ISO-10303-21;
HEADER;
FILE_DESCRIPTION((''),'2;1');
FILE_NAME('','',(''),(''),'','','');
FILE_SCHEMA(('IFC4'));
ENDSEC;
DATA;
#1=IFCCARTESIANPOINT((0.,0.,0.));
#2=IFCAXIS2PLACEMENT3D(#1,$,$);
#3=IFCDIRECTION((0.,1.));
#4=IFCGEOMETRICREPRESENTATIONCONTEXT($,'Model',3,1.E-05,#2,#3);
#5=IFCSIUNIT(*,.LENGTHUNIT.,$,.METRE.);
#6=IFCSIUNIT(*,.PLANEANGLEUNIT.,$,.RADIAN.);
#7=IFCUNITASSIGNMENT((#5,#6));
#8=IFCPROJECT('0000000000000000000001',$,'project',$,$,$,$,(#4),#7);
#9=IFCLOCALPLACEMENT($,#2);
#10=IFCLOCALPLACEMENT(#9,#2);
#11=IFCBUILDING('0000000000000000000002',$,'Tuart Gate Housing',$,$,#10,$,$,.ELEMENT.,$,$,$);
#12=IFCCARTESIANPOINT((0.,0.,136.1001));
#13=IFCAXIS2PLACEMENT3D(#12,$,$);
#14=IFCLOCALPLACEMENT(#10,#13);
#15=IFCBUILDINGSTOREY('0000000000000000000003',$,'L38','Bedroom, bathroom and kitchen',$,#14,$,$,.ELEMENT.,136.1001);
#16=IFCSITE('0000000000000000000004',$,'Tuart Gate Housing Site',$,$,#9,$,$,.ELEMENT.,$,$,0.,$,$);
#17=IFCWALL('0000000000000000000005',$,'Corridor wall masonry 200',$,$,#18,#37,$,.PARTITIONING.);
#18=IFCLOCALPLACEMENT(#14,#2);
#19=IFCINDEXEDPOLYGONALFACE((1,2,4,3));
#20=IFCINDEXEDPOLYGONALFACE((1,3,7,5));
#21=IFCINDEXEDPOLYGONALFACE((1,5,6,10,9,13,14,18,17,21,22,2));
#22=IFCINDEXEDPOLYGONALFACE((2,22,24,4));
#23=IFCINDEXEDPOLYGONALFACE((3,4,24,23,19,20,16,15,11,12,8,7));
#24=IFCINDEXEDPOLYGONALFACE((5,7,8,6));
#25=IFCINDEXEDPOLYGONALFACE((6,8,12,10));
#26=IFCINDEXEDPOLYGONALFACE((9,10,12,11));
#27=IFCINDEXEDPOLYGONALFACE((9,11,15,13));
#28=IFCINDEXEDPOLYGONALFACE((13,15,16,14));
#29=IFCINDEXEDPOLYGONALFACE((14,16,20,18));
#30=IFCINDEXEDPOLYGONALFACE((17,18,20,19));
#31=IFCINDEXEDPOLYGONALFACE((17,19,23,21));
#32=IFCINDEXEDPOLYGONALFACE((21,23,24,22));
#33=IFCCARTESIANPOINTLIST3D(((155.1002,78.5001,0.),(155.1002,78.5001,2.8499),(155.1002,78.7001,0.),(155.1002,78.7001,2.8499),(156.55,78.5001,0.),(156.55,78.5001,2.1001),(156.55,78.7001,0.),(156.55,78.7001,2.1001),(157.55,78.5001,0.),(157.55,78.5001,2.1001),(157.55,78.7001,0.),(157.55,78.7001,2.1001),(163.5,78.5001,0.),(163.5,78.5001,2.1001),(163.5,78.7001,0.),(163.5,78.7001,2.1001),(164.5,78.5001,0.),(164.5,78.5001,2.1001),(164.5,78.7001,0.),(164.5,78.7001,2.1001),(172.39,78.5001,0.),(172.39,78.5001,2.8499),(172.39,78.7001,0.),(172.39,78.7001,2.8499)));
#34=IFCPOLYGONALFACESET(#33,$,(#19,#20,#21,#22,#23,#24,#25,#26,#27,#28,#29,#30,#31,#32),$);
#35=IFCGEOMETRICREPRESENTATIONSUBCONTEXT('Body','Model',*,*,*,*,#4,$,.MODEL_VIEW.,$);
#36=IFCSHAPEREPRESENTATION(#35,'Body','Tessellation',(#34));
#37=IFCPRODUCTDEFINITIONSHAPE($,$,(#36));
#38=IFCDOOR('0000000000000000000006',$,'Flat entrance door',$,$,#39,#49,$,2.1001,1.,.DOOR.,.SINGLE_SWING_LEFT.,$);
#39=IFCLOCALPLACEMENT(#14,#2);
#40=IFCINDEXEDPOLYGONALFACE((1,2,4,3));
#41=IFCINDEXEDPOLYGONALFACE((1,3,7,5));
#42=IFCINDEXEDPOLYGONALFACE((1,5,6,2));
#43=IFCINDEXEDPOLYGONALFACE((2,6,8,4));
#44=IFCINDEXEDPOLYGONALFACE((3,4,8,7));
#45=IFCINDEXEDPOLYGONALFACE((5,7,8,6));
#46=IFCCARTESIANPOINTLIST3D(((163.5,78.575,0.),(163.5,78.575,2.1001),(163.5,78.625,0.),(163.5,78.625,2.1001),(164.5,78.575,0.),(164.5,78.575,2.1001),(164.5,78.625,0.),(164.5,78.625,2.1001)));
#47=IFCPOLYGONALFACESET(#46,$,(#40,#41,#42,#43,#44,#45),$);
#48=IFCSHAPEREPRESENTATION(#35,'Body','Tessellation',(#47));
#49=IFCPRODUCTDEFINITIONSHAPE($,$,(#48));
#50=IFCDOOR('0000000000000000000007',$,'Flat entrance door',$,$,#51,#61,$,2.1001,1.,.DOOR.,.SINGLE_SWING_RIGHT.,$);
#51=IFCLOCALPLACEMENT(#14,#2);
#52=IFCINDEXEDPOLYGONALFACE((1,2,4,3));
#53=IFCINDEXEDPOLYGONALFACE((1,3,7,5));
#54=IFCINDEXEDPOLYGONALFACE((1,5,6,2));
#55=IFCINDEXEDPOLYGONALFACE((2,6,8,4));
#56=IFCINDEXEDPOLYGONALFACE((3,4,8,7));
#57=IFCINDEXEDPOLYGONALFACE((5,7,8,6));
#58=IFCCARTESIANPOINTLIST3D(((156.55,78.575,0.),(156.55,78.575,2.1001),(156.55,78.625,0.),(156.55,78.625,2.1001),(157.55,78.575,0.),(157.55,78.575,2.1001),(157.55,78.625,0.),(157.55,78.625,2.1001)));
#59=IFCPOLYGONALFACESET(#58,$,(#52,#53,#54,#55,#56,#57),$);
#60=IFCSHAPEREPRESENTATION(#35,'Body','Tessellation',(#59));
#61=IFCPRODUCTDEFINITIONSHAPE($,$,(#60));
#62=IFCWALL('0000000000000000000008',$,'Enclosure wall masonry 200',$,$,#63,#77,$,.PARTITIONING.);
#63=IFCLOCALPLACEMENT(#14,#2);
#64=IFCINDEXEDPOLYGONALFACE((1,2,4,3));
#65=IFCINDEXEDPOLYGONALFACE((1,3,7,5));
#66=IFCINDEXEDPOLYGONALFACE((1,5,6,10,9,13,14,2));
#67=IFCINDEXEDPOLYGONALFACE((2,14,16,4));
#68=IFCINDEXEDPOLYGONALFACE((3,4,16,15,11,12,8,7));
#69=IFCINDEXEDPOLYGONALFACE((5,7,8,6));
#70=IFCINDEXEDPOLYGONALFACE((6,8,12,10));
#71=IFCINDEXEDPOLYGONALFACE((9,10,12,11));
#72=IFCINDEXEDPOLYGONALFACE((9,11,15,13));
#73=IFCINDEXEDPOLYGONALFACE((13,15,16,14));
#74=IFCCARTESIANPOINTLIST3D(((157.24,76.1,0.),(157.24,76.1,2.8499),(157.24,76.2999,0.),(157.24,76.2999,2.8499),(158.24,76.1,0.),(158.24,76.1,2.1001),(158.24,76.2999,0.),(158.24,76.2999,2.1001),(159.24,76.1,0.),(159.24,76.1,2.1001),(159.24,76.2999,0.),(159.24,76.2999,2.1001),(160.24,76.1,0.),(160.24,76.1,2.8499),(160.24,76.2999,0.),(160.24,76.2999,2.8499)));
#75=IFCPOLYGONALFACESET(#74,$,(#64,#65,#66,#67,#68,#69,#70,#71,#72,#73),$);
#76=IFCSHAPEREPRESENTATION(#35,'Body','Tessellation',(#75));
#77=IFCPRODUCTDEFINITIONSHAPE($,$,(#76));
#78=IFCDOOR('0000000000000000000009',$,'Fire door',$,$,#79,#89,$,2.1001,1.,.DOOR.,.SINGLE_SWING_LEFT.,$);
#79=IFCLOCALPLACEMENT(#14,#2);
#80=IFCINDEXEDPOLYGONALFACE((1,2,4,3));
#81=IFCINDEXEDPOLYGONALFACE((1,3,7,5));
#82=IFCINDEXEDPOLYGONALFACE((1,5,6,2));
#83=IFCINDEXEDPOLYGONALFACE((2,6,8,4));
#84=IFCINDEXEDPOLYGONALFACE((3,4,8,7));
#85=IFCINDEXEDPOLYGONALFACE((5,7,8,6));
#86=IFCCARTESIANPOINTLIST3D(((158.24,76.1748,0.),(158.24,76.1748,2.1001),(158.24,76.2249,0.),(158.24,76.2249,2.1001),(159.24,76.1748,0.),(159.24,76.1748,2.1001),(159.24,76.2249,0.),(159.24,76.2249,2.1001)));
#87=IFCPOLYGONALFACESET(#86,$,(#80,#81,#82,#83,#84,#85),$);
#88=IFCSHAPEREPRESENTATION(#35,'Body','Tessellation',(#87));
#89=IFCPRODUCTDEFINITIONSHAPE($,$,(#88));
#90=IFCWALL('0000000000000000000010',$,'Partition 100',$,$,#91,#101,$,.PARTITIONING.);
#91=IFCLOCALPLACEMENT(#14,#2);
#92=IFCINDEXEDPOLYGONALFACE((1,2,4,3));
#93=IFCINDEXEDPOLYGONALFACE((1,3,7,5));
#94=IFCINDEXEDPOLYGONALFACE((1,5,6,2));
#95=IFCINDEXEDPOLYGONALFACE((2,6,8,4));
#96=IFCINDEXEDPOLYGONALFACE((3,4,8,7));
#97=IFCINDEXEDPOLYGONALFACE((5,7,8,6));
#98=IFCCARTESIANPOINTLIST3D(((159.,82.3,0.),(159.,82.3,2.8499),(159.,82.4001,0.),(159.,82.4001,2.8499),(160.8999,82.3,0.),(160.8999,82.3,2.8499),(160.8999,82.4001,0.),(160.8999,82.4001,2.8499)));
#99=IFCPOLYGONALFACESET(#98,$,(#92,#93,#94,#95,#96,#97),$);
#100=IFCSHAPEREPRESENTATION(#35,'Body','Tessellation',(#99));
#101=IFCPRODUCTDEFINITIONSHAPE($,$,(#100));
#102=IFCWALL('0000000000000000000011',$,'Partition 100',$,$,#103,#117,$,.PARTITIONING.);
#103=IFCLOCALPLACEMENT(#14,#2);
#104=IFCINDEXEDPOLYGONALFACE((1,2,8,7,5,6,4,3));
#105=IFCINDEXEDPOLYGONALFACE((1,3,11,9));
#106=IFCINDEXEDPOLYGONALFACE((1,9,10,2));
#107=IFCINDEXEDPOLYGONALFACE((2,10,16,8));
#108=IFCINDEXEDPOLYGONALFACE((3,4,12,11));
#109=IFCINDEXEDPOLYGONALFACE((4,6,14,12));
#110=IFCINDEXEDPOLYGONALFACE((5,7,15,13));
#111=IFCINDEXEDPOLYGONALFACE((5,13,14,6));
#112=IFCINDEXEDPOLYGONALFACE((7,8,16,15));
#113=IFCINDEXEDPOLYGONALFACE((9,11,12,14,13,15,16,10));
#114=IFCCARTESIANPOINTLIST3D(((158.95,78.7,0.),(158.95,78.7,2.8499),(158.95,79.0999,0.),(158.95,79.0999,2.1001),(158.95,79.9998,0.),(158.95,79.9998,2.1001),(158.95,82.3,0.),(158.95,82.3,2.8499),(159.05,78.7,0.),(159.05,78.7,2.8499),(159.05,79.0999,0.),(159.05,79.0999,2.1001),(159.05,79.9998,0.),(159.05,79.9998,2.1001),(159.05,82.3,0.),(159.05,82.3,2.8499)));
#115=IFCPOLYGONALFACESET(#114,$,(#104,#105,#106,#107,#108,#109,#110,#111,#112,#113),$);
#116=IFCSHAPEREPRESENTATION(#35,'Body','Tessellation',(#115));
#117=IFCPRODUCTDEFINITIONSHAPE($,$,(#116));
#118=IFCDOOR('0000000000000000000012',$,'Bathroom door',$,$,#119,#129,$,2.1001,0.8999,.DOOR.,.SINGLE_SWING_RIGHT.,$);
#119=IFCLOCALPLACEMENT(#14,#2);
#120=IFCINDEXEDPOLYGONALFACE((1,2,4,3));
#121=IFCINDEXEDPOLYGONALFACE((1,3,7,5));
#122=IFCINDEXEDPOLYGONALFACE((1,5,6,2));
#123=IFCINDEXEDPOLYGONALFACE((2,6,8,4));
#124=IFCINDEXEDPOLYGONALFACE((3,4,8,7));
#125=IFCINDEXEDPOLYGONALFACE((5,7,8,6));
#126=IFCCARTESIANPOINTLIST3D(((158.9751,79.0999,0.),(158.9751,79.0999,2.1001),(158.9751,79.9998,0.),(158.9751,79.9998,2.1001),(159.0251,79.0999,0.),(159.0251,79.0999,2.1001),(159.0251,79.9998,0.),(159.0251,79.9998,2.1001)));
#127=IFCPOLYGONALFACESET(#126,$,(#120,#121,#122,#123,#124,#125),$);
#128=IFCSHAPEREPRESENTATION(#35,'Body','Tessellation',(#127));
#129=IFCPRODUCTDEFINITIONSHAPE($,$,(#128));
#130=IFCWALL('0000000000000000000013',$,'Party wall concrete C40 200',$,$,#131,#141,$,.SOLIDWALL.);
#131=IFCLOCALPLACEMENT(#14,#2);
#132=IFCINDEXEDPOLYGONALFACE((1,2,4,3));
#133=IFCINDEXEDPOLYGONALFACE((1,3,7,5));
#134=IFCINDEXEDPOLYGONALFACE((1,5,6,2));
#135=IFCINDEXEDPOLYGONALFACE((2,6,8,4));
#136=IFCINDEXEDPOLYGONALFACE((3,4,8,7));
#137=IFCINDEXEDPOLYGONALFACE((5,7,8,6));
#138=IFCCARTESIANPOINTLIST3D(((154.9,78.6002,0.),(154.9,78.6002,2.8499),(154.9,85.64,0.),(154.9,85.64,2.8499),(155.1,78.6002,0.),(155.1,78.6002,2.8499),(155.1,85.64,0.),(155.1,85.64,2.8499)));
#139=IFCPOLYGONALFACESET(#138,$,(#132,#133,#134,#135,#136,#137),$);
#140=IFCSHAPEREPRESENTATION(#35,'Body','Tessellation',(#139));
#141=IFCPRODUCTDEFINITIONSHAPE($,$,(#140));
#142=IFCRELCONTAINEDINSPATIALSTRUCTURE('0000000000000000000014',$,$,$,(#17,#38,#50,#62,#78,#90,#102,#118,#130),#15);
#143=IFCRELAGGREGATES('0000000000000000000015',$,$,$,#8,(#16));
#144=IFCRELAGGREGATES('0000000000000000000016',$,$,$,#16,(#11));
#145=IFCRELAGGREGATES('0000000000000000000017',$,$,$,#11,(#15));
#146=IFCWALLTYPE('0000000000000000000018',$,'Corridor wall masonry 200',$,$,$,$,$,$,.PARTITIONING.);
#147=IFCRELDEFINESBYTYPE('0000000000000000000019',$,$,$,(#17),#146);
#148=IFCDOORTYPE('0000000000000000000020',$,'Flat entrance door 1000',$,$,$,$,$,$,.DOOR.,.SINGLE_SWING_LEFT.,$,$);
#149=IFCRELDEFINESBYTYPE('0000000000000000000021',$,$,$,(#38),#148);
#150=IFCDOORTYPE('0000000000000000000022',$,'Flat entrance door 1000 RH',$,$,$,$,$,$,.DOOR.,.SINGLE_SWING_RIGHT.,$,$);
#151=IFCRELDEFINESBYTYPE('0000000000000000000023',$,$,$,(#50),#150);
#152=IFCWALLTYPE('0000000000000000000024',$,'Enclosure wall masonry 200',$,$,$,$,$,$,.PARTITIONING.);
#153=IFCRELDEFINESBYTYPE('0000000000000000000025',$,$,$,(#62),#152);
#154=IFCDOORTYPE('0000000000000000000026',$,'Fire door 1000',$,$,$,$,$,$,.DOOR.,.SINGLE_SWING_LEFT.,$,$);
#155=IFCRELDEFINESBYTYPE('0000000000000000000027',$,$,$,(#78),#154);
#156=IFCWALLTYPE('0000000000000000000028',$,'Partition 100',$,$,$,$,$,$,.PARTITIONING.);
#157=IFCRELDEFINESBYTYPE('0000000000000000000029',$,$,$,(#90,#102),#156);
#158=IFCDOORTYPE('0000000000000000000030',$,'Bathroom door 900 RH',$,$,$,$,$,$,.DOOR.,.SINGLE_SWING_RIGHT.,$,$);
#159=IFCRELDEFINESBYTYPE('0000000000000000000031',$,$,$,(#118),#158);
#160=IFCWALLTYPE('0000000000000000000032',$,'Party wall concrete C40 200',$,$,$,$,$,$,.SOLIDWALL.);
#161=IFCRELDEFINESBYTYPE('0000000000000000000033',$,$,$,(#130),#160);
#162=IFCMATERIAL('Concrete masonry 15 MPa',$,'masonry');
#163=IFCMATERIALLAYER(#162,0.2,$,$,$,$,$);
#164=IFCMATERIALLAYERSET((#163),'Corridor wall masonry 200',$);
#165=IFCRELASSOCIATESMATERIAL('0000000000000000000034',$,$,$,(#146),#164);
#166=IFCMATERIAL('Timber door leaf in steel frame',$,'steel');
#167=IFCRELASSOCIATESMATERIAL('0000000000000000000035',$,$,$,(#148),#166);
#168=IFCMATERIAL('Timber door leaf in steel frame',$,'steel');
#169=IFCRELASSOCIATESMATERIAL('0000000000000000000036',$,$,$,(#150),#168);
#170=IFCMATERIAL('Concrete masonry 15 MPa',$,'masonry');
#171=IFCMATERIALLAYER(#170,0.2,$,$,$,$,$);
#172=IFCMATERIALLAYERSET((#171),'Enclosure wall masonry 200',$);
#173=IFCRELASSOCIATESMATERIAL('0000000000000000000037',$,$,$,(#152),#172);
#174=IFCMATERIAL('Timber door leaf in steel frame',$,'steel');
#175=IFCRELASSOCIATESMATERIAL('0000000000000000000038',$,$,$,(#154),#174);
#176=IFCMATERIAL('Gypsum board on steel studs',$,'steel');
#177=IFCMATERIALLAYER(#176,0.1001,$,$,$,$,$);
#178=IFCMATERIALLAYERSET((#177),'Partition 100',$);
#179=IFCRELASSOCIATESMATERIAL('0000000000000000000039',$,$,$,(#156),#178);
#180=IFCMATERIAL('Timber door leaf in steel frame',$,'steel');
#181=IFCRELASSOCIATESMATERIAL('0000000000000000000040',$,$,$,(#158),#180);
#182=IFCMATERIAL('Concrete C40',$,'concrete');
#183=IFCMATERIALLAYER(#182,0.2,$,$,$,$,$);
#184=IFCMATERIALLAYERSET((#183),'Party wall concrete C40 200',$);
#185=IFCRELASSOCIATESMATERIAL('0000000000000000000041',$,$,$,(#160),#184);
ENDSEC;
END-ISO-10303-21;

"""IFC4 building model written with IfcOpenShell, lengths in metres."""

from ifc_helpers import new_model, si_unit, direction, frame, frame_2d, origin, place, context, subcontext, project, spatial, rectangle, extrude, material, layer, layer_set, type_object, element, fill, save


model = new_model("IFC4")

# Units and contexts
model_context = context("Model", 3, precision=1e-05, world=origin(), true_north=direction((0.0, 1.0)))
body_context = subcontext(model_context, "Body", "Model", "MODEL_VIEW")
ifc_project = project(units=[si_unit("LENGTHUNIT", "METRE"), si_unit("PLANEANGLEUNIT", "RADIAN")], contexts=[model_context])

# Site, building, storey
site_placement = place(None, origin())
site = spatial("IfcSite", under=ifc_project, at=site_placement, Name="Tuart Gate Housing Site", CompositionType="ELEMENT", RefElevation=0.0)
building_placement = place(site_placement, origin())
building = spatial("IfcBuilding", under=site, at=building_placement, Name="Tuart Gate Housing", CompositionType="ELEMENT")
storey_placement = place(building_placement, frame((0.0, 0.0, 136.1001)))
storey = spatial("IfcBuildingStorey", under=building, at=storey_placement, Name="L38", Description="Bedroom, bathroom and kitchen", CompositionType="ELEMENT", Elevation=136.1001)

# Shared definitions
ifc_material_1 = material(Name="Concrete masonry 15 MPa", Category="masonry")
ifc_layer_1 = layer(ifc_material_1, 0.2)
ifc_layer_set_1 = layer_set([ifc_layer_1], Name="Corridor wall masonry 200")
wall_type_1 = type_object("IfcWallType", Name="Corridor wall masonry 200", PredefinedType="PARTITIONING", material=ifc_layer_set_1)

# Wall, openings, doors
wall_1_placement = place(storey_placement, frame((155.1001, 78.6001, 0.0), z_axis=(0.0, 0.0, 1.0), x_axis=(1.0, 0.0, 0.0)))
wall_1 = element("IfcWall", 1, at=wall_1_placement, inside=storey, type_object=wall_type_1, Name="Corridor wall masonry 200", PredefinedType="PARTITIONING", context=body_context, shape_type="SweptSolid", body=[
    extrude(rectangle(XDim=17.2898, YDim=0.2, at=frame_2d((8.645, 0.0))), origin(), (0.0, 0.0, 1.0), 2.8499),
])
opening_1_placement = place(wall_1_placement, frame((1.45, 0.0, 0.0)))
opening_1 = element("IfcOpeningElement", 2, at=opening_1_placement, cuts=wall_1, PredefinedType="OPENING", context=body_context, shape_type="SweptSolid", body=[
    extrude(rectangle(XDim=1.0, YDim=2.1001, at=frame_2d((0.5, 1.05))), frame((0.0, 0.1099, 0.0), z_axis=(0.0, -1.0, 0.0), x_axis=(1.0, 0.0, 0.0)), (0.0, 0.0, 1.0), 0.22),
])
opening_2_placement = place(wall_1_placement, frame((8.3999, 0.0, 0.0)))
opening_2 = element("IfcOpeningElement", 3, at=opening_2_placement, cuts=wall_1, PredefinedType="OPENING", context=body_context, shape_type="SweptSolid", body=[
    extrude(rectangle(XDim=1.0, YDim=2.1001, at=frame_2d((0.5, 1.05))), frame((0.0, 0.1099, 0.0), z_axis=(0.0, -1.0, 0.0), x_axis=(1.0, 0.0, 0.0)), (0.0, 0.0, 1.0), 0.22),
])
ifc_material_2 = material(Name="Timber door leaf in steel frame", Category="steel")
door_type_1 = type_object("IfcDoorType", Name="Flat entrance door 1000", OperationType="SINGLE_SWING_LEFT", PredefinedType="DOOR", material=ifc_material_2)
door_1_placement = place(opening_2_placement, origin())
door_1 = element("IfcDoor", 4, at=door_1_placement, inside=storey, type_object=door_type_1, Name="Flat entrance door", OperationType="SINGLE_SWING_LEFT", OverallHeight=2.1001, OverallWidth=1.0, PredefinedType="DOOR", context=body_context, shape_type="SweptSolid", body=[
    extrude(rectangle(XDim=1.0, YDim=2.1001, at=frame_2d((0.5, 1.05))), frame((0.0, 0.0249, 0.0), z_axis=(0.0, -1.0, 0.0), x_axis=(1.0, 0.0, 0.0)), (0.0, 0.0, 1.0), 0.05),
])
fill(opening_2, door_1)
ifc_material_3 = material(Name="Timber door leaf in steel frame", Category="steel")
door_type_2 = type_object("IfcDoorType", Name="Flat entrance door 1000 RH", OperationType="SINGLE_SWING_RIGHT", PredefinedType="DOOR", material=ifc_material_3)
door_2_placement = place(opening_1_placement, origin())
door_2 = element("IfcDoor", 5, at=door_2_placement, inside=storey, type_object=door_type_2, Name="Flat entrance door", OperationType="SINGLE_SWING_RIGHT", OverallHeight=2.1001, OverallWidth=1.0, PredefinedType="DOOR", context=body_context, shape_type="SweptSolid", body=[
    extrude(rectangle(XDim=1.0, YDim=2.1001, at=frame_2d((0.5, 1.05))), frame((0.0, 0.0249, 0.0), z_axis=(0.0, -1.0, 0.0), x_axis=(1.0, 0.0, 0.0)), (0.0, 0.0, 1.0), 0.05),
])
fill(opening_1, door_2)

# Wall, opening, door
ifc_material_4 = material(Name="Concrete masonry 15 MPa", Category="masonry")
ifc_layer_2 = layer(ifc_material_4, 0.2)
ifc_layer_set_2 = layer_set([ifc_layer_2], Name="Enclosure wall masonry 200")
wall_type_2 = type_object("IfcWallType", Name="Enclosure wall masonry 200", PredefinedType="PARTITIONING", material=ifc_layer_set_2)
wall_2_placement = place(storey_placement, frame((157.24, 76.2, 0.0), z_axis=(0.0, 0.0, 1.0), x_axis=(1.0, 0.0, 0.0)))
wall_2 = element("IfcWall", 6, at=wall_2_placement, inside=storey, type_object=wall_type_2, Name="Enclosure wall masonry 200", PredefinedType="PARTITIONING", context=body_context, shape_type="SweptSolid", body=[
    extrude(rectangle(XDim=3.0, YDim=0.2, at=frame_2d((1.5, 0.0))), origin(), (0.0, 0.0, 1.0), 2.8499),
])
opening_3_placement = place(wall_2_placement, frame((1.0, 0.0, 0.0)))
opening_3 = element("IfcOpeningElement", 7, at=opening_3_placement, cuts=wall_2, PredefinedType="OPENING", context=body_context, shape_type="SweptSolid", body=[
    extrude(rectangle(XDim=1.0, YDim=2.1001, at=frame_2d((0.5, 1.05))), frame((0.0, 0.1099, 0.0), z_axis=(0.0, -1.0, 0.0), x_axis=(1.0, 0.0, 0.0)), (0.0, 0.0, 1.0), 0.22),
])
ifc_material_5 = material(Name="Timber door leaf in steel frame", Category="steel")
door_type_3 = type_object("IfcDoorType", Name="Fire door 1000", OperationType="SINGLE_SWING_LEFT", PredefinedType="DOOR", material=ifc_material_5)
door_3_placement = place(opening_3_placement, origin())
door_3 = element("IfcDoor", 8, at=door_3_placement, inside=storey, type_object=door_type_3, Name="Fire door", OperationType="SINGLE_SWING_LEFT", OverallHeight=2.1001, OverallWidth=1.0, PredefinedType="DOOR", context=body_context, shape_type="SweptSolid", body=[
    extrude(rectangle(XDim=1.0, YDim=2.1001, at=frame_2d((0.5, 1.05))), frame((0.0, 0.0249, 0.0), z_axis=(0.0, -1.0, 0.0), x_axis=(1.0, 0.0, 0.0)), (0.0, 0.0, 1.0), 0.05),
])
fill(opening_3, door_3)

# Wall
ifc_material_6 = material(Name="Gypsum board on steel studs", Category="steel")
ifc_layer_3 = layer(ifc_material_6, 0.1001)
ifc_layer_set_3 = layer_set([ifc_layer_3], Name="Partition 100")
wall_type_3 = type_object("IfcWallType", Name="Partition 100", PredefinedType="PARTITIONING", material=ifc_layer_set_3)
wall_3_placement = place(storey_placement, frame((159.0, 82.3501, 0.0), z_axis=(0.0, 0.0, 1.0), x_axis=(1.0, 0.0, 0.0)))
element("IfcWall", 9, at=wall_3_placement, inside=storey, type_object=wall_type_3, Name="Partition 100", PredefinedType="PARTITIONING", context=body_context, shape_type="SweptSolid", body=[
    extrude(rectangle(XDim=1.8999, YDim=0.1001, at=frame_2d((0.95, 0.0))), origin(), (0.0, 0.0, 1.0), 2.8499),
])

# Wall, opening, door
wall_4_placement = place(storey_placement, frame((159.0, 78.7, 0.0), z_axis=(0.0, 0.0, 1.0), x_axis=(0.0, 1.0, 0.0)))
wall_4 = element("IfcWall", 10, at=wall_4_placement, inside=storey, type_object=wall_type_3, Name="Partition 100", PredefinedType="PARTITIONING", context=body_context, shape_type="SweptSolid", body=[
    extrude(rectangle(XDim=3.6001, YDim=0.1001, at=frame_2d((1.8, 0.0))), origin(), (0.0, 0.0, 1.0), 2.8499),
])
opening_4_placement = place(wall_4_placement, frame((0.3999, 0.0, 0.0)))
opening_4 = element("IfcOpeningElement", 11, at=opening_4_placement, cuts=wall_4, PredefinedType="OPENING", context=body_context, shape_type="SweptSolid", body=[
    extrude(rectangle(XDim=0.8999, YDim=2.1001, at=frame_2d((0.45, 1.05))), frame((0.0, 0.0601, 0.0), z_axis=(0.0, -1.0, 0.0), x_axis=(1.0, 0.0, 0.0)), (0.0, 0.0, 1.0), 0.1201),
])
ifc_material_7 = material(Name="Timber door leaf in steel frame", Category="steel")
door_type_4 = type_object("IfcDoorType", Name="Bathroom door 900 RH", OperationType="SINGLE_SWING_RIGHT", PredefinedType="DOOR", material=ifc_material_7)
door_4_placement = place(opening_4_placement, frame((0.8999, 0.0, 0.0), z_axis=(0.0, 0.0, 1.0), x_axis=(-1.0, 0.0, 0.0)))
door_4 = element("IfcDoor", 12, at=door_4_placement, inside=storey, type_object=door_type_4, Name="Bathroom door", OperationType="SINGLE_SWING_RIGHT", OverallHeight=2.1001, OverallWidth=0.8999, PredefinedType="DOOR", context=body_context, shape_type="SweptSolid", body=[
    extrude(rectangle(XDim=0.8999, YDim=2.1001, at=frame_2d((0.45, 1.05))), frame((0.0, 0.0251, 0.0), z_axis=(0.0, -1.0, 0.0), x_axis=(1.0, 0.0, 0.0)), (0.0, 0.0, 1.0), 0.05),
])
fill(opening_4, door_4)

# Wall
ifc_material_8 = material(Name="Concrete C40", Category="concrete")
ifc_layer_4 = layer(ifc_material_8, 0.2)
ifc_layer_set_4 = layer_set([ifc_layer_4], Name="Party wall concrete C40 200")
wall_type_4 = type_object("IfcWallType", Name="Party wall concrete C40 200", PredefinedType="SOLIDWALL", material=ifc_layer_set_4)
wall_5_placement = place(storey_placement, frame((155.0, 78.6001, 0.0), z_axis=(0.0, 0.0, 1.0), x_axis=(0.0, 1.0, 0.0)))
element("IfcWall", 13, at=wall_5_placement, inside=storey, type_object=wall_type_4, Name="Party wall concrete C40 200", PredefinedType="SOLIDWALL", context=body_context, shape_type="SweptSolid", body=[
    extrude(rectangle(XDim=7.0398, YDim=0.2, at=frame_2d((3.52, 0.0))), origin(), (0.0, 0.0, 1.0), 2.8499),
])

save(model, "model.ifc")
